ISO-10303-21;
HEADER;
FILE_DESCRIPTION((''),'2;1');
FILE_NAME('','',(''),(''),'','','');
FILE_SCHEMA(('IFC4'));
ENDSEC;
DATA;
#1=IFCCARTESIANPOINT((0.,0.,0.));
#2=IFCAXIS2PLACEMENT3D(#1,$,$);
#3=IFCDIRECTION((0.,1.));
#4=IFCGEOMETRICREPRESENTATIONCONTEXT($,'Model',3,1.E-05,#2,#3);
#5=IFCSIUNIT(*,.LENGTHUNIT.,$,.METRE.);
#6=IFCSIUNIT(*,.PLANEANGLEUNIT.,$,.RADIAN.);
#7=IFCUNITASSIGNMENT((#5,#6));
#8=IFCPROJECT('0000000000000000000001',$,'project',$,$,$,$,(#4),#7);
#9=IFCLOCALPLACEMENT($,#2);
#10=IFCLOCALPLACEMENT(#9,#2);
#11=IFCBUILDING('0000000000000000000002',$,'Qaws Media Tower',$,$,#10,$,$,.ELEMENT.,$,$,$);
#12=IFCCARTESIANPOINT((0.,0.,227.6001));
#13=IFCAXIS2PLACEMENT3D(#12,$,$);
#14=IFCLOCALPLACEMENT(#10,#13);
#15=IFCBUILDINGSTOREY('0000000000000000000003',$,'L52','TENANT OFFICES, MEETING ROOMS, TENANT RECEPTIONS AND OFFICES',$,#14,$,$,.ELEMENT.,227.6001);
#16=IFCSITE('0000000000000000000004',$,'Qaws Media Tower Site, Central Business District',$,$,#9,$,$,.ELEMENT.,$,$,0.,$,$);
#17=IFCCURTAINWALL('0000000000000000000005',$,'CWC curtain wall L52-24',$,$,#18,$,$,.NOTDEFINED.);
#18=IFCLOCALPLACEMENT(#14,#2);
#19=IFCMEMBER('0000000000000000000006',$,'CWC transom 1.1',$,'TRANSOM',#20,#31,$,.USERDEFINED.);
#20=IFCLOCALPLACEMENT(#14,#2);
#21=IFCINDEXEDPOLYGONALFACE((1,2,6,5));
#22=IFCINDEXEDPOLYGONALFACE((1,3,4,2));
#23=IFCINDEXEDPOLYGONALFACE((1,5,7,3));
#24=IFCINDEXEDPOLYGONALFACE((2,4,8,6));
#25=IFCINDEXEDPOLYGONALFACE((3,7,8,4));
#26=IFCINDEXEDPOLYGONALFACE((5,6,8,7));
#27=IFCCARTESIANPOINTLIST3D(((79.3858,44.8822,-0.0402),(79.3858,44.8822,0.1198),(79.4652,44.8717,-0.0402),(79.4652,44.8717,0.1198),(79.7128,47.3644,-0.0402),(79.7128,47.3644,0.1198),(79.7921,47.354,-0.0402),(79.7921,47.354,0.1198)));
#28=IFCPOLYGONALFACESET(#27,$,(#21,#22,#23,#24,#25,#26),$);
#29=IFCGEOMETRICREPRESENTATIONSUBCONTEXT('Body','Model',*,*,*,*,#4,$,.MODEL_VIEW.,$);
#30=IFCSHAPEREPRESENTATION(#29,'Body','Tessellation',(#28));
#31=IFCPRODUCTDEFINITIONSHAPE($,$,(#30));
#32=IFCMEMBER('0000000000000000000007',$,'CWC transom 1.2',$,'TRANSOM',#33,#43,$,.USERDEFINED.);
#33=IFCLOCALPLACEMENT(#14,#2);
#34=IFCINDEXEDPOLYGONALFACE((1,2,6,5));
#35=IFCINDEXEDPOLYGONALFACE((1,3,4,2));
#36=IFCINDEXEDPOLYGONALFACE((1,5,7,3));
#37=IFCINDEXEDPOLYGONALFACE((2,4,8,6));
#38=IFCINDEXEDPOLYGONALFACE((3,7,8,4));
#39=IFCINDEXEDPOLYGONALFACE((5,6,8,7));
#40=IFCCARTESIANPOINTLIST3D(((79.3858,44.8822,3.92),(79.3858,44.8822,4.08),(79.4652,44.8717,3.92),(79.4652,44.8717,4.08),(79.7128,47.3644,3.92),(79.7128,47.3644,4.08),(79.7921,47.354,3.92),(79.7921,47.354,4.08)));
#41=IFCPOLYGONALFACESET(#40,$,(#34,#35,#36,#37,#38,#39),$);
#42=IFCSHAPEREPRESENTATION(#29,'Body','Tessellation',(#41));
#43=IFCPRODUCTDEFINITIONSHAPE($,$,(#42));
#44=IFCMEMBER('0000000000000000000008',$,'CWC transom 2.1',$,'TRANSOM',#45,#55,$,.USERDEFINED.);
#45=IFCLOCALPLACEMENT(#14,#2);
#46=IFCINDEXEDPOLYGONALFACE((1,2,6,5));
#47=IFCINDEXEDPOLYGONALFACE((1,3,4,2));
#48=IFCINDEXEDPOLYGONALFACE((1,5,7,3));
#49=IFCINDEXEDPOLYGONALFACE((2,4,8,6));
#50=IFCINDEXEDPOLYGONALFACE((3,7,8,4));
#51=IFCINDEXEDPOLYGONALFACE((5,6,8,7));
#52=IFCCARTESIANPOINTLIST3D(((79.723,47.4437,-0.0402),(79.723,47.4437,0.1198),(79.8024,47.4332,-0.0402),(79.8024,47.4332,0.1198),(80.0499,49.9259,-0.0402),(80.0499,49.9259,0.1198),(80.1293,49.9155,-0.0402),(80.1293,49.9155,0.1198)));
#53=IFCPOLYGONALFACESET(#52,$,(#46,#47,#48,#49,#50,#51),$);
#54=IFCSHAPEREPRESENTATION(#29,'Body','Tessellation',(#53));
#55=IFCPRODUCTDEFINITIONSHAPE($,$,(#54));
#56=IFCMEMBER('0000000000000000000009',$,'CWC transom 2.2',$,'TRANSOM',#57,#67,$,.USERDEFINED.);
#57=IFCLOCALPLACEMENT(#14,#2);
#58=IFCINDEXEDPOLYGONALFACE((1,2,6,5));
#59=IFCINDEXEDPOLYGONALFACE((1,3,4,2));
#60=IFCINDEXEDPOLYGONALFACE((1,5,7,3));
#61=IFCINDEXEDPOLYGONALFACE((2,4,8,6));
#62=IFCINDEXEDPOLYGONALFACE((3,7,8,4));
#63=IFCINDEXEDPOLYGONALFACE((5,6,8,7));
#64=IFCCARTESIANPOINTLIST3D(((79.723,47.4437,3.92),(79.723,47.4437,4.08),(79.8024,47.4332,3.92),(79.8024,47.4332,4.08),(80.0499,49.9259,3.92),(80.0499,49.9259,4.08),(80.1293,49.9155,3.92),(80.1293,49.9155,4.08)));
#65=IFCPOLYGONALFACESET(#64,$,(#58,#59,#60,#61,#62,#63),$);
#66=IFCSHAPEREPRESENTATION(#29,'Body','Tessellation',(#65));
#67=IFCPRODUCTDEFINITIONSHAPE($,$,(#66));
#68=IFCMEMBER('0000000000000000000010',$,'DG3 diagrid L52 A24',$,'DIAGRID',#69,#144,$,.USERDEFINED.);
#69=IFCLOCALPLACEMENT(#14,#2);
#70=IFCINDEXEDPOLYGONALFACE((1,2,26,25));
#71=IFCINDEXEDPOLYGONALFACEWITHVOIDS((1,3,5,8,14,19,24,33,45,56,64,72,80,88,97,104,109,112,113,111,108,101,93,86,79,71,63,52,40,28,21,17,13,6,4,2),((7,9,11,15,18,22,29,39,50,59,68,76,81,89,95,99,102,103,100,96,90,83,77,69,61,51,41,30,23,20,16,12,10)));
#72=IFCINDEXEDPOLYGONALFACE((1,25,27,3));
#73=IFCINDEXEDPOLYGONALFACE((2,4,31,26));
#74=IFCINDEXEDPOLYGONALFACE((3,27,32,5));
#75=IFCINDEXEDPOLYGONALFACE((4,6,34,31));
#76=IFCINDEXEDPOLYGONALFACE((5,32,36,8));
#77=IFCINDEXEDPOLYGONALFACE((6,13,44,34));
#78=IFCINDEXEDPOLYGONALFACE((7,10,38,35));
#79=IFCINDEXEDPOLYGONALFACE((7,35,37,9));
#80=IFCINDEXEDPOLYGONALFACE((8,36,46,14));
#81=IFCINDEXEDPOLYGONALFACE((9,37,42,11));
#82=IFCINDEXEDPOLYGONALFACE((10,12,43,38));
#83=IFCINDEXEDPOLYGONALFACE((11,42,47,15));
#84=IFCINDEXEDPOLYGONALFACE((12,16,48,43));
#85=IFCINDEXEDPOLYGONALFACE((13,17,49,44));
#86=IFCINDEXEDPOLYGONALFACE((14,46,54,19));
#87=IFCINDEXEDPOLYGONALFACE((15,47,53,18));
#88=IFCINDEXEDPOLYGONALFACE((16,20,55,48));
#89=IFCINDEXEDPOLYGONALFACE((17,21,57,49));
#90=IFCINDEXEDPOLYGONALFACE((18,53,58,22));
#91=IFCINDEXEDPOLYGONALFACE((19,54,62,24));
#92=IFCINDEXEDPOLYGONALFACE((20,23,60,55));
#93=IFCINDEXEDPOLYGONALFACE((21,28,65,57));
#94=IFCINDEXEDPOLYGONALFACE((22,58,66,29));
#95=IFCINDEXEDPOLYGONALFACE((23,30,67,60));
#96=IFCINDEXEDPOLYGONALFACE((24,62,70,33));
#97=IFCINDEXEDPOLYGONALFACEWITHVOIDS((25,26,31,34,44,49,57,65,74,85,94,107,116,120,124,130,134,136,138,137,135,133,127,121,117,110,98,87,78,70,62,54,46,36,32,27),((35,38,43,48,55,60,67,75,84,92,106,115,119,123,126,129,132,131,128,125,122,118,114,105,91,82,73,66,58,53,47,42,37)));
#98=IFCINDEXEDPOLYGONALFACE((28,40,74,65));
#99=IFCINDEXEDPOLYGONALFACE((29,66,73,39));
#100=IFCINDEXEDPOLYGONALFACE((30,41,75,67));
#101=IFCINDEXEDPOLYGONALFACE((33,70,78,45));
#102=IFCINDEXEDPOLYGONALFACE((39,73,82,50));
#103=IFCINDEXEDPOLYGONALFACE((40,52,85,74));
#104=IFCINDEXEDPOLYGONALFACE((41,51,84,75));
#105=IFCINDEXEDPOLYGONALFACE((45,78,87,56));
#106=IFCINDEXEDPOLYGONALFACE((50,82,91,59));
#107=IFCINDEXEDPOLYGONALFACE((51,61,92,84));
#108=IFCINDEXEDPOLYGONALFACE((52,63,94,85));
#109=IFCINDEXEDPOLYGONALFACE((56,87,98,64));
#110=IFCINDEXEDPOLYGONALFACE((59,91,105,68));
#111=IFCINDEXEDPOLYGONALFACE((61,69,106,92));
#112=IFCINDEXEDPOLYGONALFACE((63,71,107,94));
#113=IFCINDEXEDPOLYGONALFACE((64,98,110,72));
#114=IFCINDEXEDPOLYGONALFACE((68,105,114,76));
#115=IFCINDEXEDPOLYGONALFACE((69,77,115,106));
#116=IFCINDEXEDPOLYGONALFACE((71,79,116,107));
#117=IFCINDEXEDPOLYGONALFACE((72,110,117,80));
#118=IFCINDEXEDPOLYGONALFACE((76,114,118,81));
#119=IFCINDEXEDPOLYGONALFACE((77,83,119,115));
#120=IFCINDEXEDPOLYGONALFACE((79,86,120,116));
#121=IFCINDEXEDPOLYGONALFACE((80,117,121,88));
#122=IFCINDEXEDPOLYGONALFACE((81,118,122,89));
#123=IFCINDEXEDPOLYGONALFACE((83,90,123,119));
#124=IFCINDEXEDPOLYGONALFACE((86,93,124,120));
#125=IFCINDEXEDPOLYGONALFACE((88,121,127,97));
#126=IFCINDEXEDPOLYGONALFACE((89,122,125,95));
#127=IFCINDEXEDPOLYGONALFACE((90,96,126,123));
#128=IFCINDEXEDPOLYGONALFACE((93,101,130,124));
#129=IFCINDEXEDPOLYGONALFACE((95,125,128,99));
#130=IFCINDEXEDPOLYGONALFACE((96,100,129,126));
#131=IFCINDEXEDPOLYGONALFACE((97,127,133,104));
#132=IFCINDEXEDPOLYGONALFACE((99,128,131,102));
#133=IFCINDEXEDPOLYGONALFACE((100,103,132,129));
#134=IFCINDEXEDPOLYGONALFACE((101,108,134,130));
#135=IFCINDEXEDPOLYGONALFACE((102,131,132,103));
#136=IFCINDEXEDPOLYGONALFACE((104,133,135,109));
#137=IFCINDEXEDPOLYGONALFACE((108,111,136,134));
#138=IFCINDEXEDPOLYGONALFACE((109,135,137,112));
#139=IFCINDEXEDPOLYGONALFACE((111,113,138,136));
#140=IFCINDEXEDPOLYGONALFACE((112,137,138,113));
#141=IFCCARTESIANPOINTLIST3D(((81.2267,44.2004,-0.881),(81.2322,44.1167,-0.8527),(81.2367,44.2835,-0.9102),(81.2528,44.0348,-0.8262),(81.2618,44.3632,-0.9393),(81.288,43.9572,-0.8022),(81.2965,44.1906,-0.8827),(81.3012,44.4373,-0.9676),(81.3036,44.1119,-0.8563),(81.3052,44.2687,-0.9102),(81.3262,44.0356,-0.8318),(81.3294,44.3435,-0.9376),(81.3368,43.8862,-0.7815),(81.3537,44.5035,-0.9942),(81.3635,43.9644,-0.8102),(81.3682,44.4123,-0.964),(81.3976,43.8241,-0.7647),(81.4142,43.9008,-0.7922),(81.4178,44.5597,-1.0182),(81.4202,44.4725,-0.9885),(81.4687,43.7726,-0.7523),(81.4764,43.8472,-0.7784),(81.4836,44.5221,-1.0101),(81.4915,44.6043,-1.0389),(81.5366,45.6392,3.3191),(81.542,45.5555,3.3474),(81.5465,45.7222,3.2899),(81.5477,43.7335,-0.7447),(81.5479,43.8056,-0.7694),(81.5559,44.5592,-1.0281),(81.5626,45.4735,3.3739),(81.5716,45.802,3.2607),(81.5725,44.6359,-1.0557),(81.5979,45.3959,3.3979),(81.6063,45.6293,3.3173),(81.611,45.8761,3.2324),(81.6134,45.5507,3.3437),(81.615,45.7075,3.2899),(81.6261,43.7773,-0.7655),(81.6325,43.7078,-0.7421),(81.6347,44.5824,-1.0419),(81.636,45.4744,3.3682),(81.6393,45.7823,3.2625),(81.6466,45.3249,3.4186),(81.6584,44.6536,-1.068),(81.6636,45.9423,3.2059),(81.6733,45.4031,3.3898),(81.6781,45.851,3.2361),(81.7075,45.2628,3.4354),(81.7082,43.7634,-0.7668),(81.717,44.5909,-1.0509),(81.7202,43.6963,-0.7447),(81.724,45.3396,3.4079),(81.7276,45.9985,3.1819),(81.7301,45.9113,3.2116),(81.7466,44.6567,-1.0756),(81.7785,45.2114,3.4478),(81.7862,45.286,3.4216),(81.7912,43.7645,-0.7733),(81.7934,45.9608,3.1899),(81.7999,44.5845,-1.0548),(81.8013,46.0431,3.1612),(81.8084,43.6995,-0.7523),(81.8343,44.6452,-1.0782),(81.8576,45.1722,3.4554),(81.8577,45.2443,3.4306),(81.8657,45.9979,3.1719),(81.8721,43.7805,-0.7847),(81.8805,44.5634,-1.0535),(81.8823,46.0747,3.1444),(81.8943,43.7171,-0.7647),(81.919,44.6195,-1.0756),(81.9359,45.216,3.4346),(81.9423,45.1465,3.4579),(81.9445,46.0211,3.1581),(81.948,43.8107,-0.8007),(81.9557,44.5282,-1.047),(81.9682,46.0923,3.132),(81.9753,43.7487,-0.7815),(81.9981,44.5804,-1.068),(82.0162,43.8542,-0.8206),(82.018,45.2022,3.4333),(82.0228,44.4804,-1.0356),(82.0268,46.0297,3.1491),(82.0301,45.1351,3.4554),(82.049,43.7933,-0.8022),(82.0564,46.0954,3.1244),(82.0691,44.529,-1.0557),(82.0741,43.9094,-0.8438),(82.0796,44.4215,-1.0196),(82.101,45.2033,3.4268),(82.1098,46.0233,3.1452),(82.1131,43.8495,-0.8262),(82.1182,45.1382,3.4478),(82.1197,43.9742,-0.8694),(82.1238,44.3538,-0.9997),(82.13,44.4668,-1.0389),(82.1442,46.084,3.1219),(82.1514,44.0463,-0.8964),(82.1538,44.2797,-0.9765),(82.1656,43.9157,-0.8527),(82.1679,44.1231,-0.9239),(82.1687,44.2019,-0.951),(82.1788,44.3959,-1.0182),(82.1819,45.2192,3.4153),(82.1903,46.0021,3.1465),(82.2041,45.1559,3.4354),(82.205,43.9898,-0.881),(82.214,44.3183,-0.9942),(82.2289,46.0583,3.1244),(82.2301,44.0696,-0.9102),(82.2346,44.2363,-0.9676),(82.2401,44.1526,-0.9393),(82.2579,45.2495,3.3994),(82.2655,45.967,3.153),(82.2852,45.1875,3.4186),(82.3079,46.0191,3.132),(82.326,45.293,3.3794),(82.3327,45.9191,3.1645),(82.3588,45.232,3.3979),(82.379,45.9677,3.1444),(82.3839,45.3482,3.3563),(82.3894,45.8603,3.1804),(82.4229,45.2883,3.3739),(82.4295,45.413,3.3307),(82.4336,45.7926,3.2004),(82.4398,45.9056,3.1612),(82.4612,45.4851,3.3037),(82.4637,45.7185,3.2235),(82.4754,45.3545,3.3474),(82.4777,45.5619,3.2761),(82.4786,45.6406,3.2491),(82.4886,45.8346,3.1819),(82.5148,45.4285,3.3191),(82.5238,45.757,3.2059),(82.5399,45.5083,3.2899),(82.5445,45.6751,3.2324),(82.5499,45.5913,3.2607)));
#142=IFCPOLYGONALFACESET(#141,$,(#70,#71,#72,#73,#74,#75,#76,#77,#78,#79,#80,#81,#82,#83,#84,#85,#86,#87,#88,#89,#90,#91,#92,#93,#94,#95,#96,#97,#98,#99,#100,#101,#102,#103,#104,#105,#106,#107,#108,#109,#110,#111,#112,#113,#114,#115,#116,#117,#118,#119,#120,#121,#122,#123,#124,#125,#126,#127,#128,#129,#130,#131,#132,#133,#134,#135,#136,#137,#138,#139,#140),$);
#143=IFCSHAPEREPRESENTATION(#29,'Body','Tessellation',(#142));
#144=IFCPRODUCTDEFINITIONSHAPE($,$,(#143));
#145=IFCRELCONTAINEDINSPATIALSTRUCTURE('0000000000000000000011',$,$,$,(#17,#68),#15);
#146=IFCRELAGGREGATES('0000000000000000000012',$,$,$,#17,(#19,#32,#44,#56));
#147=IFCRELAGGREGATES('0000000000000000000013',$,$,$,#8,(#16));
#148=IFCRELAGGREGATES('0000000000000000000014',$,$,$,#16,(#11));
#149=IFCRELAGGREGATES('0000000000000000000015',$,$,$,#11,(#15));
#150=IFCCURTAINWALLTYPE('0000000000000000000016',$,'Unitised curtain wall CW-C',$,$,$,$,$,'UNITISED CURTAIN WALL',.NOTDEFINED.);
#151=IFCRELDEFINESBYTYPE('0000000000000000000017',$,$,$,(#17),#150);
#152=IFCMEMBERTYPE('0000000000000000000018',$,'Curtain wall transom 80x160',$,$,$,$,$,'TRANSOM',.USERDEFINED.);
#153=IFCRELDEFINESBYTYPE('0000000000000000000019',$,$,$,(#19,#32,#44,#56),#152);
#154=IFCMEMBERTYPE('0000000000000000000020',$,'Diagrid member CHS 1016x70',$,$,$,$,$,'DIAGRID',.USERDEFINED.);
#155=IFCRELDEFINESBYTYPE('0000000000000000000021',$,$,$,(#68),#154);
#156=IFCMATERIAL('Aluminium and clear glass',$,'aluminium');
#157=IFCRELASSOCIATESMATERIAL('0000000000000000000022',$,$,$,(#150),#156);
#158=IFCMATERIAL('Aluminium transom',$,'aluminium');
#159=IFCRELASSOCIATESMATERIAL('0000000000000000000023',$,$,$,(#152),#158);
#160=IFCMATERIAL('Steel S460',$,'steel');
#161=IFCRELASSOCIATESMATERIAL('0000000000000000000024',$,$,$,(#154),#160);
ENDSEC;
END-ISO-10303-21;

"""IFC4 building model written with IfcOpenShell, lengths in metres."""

from ifc_helpers import new_model, si_unit, direction, frame, origin, origin_2d, place, context, subcontext, project, spatial, rectangle, hollow_circle, extrude, material, material_profile, profile_set, type_object, element, aggregate, save


model = new_model("IFC4")

# Units and contexts
model_context = context("Model", 3, precision=1e-05, world=origin(), true_north=direction((0.0, 1.0)))
body_context = subcontext(model_context, "Body", "Model", "MODEL_VIEW")
ifc_project = project(units=[si_unit("LENGTHUNIT", "METRE"), si_unit("PLANEANGLEUNIT", "RADIAN")], contexts=[model_context])

# Site, building, storey
site_placement = place(None, origin())
site = spatial("IfcSite", under=ifc_project, at=site_placement, Name="Qaws Media Tower Site, Central Business District", CompositionType="ELEMENT", RefElevation=0.0)
building_placement = place(site_placement, origin())
building = spatial("IfcBuilding", under=site, at=building_placement, Name="Qaws Media Tower", CompositionType="ELEMENT")
storey_placement = place(building_placement, frame((0.0, 0.0, 227.6001)))
storey = spatial("IfcBuildingStorey", under=building, at=storey_placement, Name="L52", Description="TENANT OFFICES, MEETING ROOMS, TENANT RECEPTIONS AND OFFICES", CompositionType="ELEMENT", Elevation=227.6001)

# Curtain wall
ifc_material_1 = material(Name="Aluminium and clear glass", Category="aluminium")
curtain_wall_type = type_object("IfcCurtainWallType", Name="Unitised curtain wall CW-C", ElementType="UNITISED CURTAIN WALL", PredefinedType="NOTDEFINED", material=ifc_material_1)
curtain_wall_1_placement = place(storey_placement, origin())
curtain_wall_1 = element("IfcCurtainWall", 1, at=curtain_wall_1_placement, inside=storey, type_object=curtain_wall_type, Name="CWC curtain wall L52-24", PredefinedType="NOTDEFINED")

# Members
ifc_material_2 = material(Name="Aluminium transom", Category="aluminium")
ifc_material_profile_1 = material_profile(ifc_material_2, rectangle(XDim=0.0801, YDim=0.1599, at=origin_2d()), Name="80x160")
ifc_profile_set_1 = profile_set([ifc_material_profile_1], Name="Aluminium transom")
member_type_1 = type_object("IfcMemberType", Name="Curtain wall transom 80x160", ElementType="TRANSOM", PredefinedType="USERDEFINED", material=ifc_profile_set_1)
member_1_placement = place(storey_placement, frame((79.4255, 44.877, 0.0398), z_axis=(0.130573, 0.991439, 0.0), x_axis=(-0.991439, 0.130573, 0.0)))
member_1 = element("IfcMember", 2, at=member_1_placement, type_object=member_type_1, Name="CWC transom 1.1", ObjectType="TRANSOM", PredefinedType="USERDEFINED", context=body_context, shape_type="SweptSolid", body=[
    extrude(rectangle(XDim=0.0801, YDim=0.1599, at=origin_2d()), origin(), (0.0, 0.0, 1.0), 2.5037),
])
member_2_placement = place(storey_placement, frame((79.4255, 44.877, 4.0), z_axis=(0.130573, 0.991439, 0.0), x_axis=(-0.991439, 0.130573, 0.0)))
member_2 = element("IfcMember", 3, at=member_2_placement, type_object=member_type_1, Name="CWC transom 1.2", ObjectType="TRANSOM", PredefinedType="USERDEFINED", context=body_context, shape_type="SweptSolid", body=[
    extrude(rectangle(XDim=0.0801, YDim=0.1599, at=origin_2d()), origin(), (0.0, 0.0, 1.0), 2.5037),
])
member_3_placement = place(storey_placement, frame((79.7627, 47.4385, 0.0398), z_axis=(0.130573, 0.991439, 0.0), x_axis=(-0.991439, 0.130573, 0.0)))
member_3 = element("IfcMember", 4, at=member_3_placement, type_object=member_type_1, Name="CWC transom 2.1", ObjectType="TRANSOM", PredefinedType="USERDEFINED", context=body_context, shape_type="SweptSolid", body=[
    extrude(rectangle(XDim=0.0801, YDim=0.1599, at=origin_2d()), origin(), (0.0, 0.0, 1.0), 2.5037),
])
member_4_placement = place(storey_placement, frame((79.7627, 47.4385, 4.0), z_axis=(0.130573, 0.991439, 0.0), x_axis=(-0.991439, 0.130573, 0.0)))
member_4 = element("IfcMember", 5, at=member_4_placement, type_object=member_type_1, Name="CWC transom 2.2", ObjectType="TRANSOM", PredefinedType="USERDEFINED", context=body_context, shape_type="SweptSolid", body=[
    extrude(rectangle(XDim=0.0801, YDim=0.1599, at=origin_2d()), origin(), (0.0, 0.0, 1.0), 2.5037),
])

# Member
ifc_material_3 = material(Name="Steel S460", Category="steel")
ifc_material_profile_2 = material_profile(ifc_material_3, hollow_circle(Radius=0.5081, WallThickness=0.0701, at=origin_2d()), Name="CHS 1016x70")
ifc_profile_set_2 = profile_set([ifc_material_profile_2], Name="Steel S460")
member_type_2 = type_object("IfcMemberType", Name="Diagrid member CHS 1016x70", ElementType="DIAGRID", PredefinedType="USERDEFINED", material=ifc_profile_set_2)
for number, where, z_axis, x_axis, name in (
    (6, (81.7334, 44.1765, -0.9102), (0.069616, 0.323284, 0.943738), (-0.977591, 0.210515, 0.0), "DG3 diagrid L52 A24"),
):
    element("IfcMember", number, at=place(storey_placement, frame(where, z_axis=z_axis, x_axis=x_axis)), inside=storey, type_object=member_type_2, Name=name, ObjectType="DIAGRID", PredefinedType="USERDEFINED", context=body_context, shape_type="SweptSolid", body=[
        extrude(hollow_circle(Radius=0.5081, WallThickness=0.0701, at=origin_2d()), origin(), (0.0, 0.0, 1.0), 4.4504),
    ])

aggregate(curtain_wall_1, [member_1, member_2, member_3, member_4])

save(model, "model.ifc")
